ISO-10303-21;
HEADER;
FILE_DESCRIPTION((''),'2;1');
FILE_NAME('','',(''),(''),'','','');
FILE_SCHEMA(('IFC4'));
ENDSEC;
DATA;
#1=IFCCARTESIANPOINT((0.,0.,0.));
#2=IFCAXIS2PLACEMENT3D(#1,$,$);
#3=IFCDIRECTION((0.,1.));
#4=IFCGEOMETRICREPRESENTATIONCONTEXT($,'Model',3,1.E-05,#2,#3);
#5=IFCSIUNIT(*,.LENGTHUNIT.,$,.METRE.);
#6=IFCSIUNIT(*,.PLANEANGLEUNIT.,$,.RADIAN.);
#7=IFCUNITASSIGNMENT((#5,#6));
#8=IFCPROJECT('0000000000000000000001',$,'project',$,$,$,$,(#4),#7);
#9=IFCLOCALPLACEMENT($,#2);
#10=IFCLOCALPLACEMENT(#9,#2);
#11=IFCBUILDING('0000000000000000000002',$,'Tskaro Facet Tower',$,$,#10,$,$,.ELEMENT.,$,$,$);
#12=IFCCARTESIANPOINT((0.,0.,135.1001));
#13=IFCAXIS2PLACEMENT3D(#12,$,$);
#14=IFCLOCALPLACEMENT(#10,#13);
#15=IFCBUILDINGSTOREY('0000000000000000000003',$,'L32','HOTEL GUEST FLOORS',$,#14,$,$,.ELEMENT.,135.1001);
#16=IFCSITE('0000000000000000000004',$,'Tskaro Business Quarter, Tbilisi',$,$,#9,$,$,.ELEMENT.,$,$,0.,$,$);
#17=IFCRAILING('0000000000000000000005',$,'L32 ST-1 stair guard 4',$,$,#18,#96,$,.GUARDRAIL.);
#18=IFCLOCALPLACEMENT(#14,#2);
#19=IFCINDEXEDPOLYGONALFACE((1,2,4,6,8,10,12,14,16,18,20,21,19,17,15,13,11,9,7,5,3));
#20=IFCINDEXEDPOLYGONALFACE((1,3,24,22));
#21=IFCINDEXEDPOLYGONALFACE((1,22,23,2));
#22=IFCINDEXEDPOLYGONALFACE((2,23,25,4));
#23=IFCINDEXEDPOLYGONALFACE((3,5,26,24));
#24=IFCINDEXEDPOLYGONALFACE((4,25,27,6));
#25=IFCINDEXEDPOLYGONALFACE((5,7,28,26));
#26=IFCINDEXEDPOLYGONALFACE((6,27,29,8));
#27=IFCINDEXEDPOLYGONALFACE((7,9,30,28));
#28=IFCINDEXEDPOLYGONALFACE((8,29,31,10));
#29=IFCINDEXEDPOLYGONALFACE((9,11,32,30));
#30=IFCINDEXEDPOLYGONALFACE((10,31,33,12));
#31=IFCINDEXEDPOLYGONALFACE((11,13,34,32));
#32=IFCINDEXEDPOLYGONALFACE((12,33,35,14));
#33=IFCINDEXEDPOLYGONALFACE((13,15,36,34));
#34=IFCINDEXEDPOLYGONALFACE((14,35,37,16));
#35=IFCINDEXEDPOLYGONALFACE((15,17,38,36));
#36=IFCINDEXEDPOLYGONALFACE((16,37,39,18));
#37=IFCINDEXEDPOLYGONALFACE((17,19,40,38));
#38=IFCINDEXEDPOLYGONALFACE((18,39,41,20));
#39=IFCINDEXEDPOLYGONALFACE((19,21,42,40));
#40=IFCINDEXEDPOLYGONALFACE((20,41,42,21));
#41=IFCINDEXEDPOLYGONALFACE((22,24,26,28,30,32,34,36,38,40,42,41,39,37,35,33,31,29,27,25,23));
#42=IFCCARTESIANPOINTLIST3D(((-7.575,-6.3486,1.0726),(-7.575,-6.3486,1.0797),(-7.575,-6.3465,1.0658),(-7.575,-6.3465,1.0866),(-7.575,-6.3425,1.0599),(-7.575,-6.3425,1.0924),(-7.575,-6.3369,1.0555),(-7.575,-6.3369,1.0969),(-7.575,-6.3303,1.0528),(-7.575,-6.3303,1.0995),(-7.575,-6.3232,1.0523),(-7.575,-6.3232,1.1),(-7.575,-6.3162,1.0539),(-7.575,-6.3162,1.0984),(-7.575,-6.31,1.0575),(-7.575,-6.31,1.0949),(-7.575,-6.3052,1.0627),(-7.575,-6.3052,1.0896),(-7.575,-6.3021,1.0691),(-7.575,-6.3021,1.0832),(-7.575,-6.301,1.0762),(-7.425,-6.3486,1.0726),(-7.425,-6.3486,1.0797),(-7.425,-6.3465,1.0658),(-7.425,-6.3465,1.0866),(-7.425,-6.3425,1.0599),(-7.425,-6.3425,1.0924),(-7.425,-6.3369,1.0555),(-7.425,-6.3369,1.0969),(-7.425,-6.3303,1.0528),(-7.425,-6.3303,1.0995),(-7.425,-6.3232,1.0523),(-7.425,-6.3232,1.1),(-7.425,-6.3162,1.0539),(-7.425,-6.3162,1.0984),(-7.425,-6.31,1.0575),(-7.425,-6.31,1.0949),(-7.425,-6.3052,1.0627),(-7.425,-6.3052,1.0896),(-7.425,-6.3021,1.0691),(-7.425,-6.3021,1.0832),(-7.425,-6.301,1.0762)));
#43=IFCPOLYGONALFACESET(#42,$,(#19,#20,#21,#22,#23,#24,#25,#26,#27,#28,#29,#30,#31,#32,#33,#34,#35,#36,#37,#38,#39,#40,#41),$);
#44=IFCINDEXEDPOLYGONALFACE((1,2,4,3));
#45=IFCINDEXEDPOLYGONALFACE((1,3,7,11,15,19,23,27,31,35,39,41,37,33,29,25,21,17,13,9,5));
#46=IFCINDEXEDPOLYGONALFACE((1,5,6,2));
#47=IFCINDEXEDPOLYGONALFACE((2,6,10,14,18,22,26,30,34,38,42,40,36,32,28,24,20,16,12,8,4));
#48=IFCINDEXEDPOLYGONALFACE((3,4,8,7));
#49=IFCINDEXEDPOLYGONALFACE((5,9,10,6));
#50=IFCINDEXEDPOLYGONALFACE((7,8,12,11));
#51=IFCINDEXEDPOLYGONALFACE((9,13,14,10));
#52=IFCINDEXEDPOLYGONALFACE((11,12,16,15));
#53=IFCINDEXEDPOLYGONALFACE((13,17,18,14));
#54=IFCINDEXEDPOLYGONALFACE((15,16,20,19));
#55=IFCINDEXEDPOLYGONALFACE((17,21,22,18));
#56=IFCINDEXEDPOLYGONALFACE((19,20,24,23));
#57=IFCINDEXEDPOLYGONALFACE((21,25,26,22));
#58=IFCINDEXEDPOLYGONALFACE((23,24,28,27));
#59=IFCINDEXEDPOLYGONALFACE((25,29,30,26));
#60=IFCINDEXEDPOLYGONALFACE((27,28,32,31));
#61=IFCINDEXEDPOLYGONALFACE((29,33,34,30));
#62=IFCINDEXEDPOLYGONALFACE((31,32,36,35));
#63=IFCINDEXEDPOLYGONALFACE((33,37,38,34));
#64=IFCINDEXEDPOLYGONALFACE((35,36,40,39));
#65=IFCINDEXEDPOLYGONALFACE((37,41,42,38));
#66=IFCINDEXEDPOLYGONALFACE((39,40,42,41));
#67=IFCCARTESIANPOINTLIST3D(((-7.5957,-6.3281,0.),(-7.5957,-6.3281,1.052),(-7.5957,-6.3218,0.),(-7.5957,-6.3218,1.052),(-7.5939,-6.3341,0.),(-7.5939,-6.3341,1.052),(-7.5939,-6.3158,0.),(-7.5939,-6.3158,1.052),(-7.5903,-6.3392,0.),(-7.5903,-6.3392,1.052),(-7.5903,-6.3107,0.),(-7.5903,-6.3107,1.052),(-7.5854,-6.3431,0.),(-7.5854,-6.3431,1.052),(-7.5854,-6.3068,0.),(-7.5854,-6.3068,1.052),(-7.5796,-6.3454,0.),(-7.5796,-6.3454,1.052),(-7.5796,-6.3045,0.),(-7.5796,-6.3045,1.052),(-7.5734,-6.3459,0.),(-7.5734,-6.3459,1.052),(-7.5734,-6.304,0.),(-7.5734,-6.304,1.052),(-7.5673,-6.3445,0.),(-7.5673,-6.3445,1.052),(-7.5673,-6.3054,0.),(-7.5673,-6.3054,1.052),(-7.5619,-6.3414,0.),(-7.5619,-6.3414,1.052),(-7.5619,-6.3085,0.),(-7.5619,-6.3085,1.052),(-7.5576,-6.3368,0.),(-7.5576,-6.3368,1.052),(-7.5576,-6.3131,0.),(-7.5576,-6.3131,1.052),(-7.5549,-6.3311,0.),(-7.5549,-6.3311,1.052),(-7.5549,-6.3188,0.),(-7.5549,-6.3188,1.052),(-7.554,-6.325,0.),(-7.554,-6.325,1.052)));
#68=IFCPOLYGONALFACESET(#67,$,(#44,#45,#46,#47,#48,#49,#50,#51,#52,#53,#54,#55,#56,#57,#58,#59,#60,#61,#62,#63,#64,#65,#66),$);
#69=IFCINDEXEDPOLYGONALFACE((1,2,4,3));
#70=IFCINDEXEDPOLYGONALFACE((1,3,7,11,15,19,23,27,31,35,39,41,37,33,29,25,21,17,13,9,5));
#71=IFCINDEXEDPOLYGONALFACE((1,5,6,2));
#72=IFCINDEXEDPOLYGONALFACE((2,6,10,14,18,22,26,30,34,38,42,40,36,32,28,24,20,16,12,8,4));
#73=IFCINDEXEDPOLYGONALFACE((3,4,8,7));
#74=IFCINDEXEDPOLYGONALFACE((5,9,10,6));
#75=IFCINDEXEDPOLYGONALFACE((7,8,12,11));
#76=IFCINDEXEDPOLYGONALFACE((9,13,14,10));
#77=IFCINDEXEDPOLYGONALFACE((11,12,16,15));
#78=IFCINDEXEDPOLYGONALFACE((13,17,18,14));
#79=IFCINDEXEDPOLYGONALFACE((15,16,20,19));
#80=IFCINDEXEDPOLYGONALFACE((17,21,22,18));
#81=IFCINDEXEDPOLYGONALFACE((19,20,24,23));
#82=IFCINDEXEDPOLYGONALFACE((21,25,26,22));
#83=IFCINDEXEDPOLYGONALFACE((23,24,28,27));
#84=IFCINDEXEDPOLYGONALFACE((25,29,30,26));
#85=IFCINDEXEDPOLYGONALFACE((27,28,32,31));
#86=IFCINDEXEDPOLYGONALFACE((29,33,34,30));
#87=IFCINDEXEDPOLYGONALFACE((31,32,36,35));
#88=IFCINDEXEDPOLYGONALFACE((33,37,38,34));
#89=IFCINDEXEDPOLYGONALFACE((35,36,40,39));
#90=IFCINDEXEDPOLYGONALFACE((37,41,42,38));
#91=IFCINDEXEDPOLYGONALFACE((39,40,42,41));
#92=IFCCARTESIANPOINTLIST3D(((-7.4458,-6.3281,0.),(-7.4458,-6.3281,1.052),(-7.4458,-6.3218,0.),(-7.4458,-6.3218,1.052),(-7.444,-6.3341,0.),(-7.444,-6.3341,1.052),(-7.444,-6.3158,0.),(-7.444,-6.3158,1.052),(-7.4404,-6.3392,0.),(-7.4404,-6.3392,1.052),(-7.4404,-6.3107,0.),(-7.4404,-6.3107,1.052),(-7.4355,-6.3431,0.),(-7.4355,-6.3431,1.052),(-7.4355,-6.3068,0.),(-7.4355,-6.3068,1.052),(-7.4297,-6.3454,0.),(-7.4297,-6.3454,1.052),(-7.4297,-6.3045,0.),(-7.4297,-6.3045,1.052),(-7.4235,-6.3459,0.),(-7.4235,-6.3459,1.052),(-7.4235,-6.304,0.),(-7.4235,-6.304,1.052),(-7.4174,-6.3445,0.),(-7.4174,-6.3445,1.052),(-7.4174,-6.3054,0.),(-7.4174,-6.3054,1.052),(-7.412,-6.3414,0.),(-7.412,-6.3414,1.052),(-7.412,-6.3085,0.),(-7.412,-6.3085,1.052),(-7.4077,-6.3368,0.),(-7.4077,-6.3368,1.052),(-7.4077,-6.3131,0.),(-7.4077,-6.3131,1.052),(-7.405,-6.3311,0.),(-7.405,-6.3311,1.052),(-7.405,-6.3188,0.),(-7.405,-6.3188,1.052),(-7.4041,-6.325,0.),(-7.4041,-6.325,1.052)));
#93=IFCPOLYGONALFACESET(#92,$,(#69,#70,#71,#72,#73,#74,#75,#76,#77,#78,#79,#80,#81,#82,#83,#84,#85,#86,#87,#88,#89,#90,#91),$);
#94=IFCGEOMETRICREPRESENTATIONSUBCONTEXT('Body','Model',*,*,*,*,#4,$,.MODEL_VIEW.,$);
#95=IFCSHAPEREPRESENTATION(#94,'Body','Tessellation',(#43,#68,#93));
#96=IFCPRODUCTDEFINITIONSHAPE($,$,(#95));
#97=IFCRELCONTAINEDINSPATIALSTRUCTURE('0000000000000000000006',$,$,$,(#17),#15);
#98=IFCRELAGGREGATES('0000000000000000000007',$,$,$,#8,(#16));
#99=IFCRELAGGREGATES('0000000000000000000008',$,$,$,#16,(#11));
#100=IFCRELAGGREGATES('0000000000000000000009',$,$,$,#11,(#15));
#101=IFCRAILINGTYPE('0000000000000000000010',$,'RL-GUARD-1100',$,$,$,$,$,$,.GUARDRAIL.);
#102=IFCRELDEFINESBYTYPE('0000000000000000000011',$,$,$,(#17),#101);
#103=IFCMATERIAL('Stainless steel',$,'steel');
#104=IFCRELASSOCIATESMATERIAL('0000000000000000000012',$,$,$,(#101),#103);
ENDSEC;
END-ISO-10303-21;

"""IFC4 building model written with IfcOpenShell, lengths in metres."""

from ifc_helpers import new_model, si_unit, direction, frame, origin, origin_2d, place, context, subcontext, project, spatial, circle, extrude, material, type_object, element, save


model = new_model("IFC4")

# Units and contexts
model_context = context("Model", 3, precision=1e-05, world=origin(), true_north=direction((0.0, 1.0)))
body_context = subcontext(model_context, "Body", "Model", "MODEL_VIEW")
ifc_project = project(units=[si_unit("LENGTHUNIT", "METRE"), si_unit("PLANEANGLEUNIT", "RADIAN")], contexts=[model_context])

# Site, building, storey
site_placement = place(None, origin())
site = spatial("IfcSite", under=ifc_project, at=site_placement, Name="Tskaro Business Quarter, Tbilisi", CompositionType="ELEMENT", RefElevation=0.0)
building_placement = place(site_placement, origin())
building = spatial("IfcBuilding", under=site, at=building_placement, Name="Tskaro Facet Tower", CompositionType="ELEMENT")
storey_placement = place(building_placement, frame((0.0, 0.0, 135.1001)))
storey = spatial("IfcBuildingStorey", under=building, at=storey_placement, Name="L32", Description="HOTEL GUEST FLOORS", CompositionType="ELEMENT", Elevation=135.1001)

# Shared definitions
ifc_material_1 = material(Name="Stainless steel", Category="steel")

# Railing
railing_type_1 = type_object("IfcRailingType", Name="RL-GUARD-1100", PredefinedType="GUARDRAIL", material=ifc_material_1)
railing_1_placement = place(storey_placement, frame((-7.575, -6.325, 0.0)))
element("IfcRailing", 1, at=railing_1_placement, inside=storey, type_object=railing_type_1, Name="L32 ST-1 stair guard 4", PredefinedType="GUARDRAIL", context=body_context, shape_type="SweptSolid", body=[
    extrude(circle(Radius=0.0239, at=origin_2d()), frame((0.0, 0.0, 1.0762), z_axis=(1.0, 0.0, 0.0), x_axis=(0.0, 1.0, 0.0)), (0.0, 0.0, 1.0), 0.1499),
    extrude(circle(Radius=0.021, at=origin_2d()), origin(), (0.0, 0.0, 1.0), 1.052),
    extrude(circle(Radius=0.021, at=origin_2d()), frame((0.1499, 0.0, 0.0)), (0.0, 0.0, 1.0), 1.052),
])

save(model, "model.ifc")
